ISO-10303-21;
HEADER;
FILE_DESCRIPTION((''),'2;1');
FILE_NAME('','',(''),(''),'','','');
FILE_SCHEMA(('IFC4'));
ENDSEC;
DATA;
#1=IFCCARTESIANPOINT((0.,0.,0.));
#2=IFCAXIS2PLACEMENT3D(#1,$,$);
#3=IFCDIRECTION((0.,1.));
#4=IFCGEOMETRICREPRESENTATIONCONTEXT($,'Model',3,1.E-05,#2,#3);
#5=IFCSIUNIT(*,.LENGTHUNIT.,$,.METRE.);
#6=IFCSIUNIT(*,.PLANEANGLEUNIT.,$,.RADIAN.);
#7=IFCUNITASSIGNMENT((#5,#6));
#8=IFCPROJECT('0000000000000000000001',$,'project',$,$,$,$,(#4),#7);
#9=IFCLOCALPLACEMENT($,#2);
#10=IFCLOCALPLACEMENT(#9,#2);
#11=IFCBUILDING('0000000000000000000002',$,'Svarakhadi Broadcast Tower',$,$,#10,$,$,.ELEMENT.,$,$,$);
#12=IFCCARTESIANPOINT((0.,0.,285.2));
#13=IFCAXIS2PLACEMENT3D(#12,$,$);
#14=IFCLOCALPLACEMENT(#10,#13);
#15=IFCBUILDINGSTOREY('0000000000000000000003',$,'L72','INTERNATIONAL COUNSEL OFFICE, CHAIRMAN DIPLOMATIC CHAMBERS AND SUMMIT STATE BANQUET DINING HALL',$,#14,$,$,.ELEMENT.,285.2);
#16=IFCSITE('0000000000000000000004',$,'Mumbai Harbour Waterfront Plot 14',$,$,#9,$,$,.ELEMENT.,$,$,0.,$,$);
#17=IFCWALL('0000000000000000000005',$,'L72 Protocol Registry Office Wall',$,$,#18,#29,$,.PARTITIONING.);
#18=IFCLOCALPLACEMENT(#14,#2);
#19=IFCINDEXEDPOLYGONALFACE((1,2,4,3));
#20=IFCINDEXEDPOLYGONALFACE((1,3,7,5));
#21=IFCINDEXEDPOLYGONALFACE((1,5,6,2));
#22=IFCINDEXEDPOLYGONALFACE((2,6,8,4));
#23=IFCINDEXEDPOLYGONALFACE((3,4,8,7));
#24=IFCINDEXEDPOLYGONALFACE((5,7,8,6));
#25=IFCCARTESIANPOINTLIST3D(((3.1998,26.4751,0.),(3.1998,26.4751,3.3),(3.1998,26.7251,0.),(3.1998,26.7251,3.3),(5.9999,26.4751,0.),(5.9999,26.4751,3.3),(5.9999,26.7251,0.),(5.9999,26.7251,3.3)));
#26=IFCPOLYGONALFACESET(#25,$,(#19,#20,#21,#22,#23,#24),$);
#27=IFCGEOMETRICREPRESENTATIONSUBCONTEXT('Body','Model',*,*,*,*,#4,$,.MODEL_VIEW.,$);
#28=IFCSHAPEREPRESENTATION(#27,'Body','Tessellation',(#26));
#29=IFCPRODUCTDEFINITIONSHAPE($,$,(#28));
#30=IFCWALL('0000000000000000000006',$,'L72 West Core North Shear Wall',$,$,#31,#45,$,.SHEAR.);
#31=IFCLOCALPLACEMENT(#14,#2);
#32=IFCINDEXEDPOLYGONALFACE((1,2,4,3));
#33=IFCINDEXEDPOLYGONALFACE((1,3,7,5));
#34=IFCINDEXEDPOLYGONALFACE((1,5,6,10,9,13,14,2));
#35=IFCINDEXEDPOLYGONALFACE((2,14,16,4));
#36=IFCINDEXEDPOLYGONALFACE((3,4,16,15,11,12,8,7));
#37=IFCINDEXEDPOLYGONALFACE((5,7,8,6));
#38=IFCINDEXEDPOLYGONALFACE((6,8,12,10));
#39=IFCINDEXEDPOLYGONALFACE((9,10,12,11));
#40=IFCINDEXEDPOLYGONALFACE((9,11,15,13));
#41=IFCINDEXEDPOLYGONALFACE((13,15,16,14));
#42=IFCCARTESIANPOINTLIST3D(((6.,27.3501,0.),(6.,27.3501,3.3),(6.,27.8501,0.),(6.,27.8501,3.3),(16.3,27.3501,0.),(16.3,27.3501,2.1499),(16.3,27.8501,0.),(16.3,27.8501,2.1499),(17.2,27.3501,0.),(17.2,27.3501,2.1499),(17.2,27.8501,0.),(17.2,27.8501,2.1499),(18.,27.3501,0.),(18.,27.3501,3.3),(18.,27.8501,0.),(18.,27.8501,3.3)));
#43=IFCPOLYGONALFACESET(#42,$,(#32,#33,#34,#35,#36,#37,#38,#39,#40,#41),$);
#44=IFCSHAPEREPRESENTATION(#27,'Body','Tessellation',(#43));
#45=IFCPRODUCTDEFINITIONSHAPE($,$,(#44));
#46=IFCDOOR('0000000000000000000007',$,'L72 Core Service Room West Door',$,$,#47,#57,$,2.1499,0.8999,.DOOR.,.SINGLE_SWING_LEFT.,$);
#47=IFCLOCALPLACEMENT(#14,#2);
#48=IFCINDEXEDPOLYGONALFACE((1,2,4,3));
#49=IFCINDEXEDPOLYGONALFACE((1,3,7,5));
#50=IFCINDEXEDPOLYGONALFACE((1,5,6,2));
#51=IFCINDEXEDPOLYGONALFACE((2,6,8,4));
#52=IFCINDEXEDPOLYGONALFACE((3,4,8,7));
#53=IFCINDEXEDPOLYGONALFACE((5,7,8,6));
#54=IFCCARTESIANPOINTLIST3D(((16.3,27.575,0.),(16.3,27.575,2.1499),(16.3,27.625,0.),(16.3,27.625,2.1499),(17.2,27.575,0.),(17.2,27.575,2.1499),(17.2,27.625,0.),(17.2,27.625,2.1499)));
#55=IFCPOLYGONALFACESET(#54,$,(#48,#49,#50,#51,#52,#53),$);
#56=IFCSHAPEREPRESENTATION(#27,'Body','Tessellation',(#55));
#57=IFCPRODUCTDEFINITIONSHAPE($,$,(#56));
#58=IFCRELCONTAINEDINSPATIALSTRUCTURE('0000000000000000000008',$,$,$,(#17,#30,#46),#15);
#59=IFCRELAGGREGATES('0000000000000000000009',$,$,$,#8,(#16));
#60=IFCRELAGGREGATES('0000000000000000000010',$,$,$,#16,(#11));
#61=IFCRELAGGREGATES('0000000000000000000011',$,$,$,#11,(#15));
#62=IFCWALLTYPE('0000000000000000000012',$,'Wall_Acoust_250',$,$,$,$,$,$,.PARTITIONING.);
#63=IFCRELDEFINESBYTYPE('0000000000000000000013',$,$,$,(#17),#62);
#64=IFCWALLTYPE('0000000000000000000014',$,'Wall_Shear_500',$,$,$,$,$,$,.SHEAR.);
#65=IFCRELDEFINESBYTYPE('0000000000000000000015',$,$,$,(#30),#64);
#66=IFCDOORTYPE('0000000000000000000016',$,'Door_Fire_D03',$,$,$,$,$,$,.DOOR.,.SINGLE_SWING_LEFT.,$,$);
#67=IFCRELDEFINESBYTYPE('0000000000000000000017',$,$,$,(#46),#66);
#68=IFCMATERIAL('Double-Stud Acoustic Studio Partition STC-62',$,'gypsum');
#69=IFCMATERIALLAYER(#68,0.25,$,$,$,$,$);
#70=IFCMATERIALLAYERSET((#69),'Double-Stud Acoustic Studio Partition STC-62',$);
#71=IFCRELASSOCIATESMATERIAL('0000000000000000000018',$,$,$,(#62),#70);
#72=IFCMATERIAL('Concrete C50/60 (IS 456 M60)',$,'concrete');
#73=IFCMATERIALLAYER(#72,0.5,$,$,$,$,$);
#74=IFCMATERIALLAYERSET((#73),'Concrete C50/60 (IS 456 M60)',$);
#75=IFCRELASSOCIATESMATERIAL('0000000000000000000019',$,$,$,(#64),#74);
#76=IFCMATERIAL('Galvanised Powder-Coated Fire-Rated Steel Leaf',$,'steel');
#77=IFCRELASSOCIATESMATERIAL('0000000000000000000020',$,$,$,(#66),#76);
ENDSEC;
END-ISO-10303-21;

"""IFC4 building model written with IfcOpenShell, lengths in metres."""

from ifc_helpers import new_model, si_unit, direction, frame, frame_2d, origin, place, context, subcontext, project, spatial, rectangle, extrude, material, layer, layer_set, type_object, element, fill, save


model = new_model("IFC4")

# Units and contexts
model_context = context("Model", 3, precision=1e-05, world=origin(), true_north=direction((0.0, 1.0)))
body_context = subcontext(model_context, "Body", "Model", "MODEL_VIEW")
ifc_project = project(units=[si_unit("LENGTHUNIT", "METRE"), si_unit("PLANEANGLEUNIT", "RADIAN")], contexts=[model_context])

# Site, building, storey
site_placement = place(None, origin())
site = spatial("IfcSite", under=ifc_project, at=site_placement, Name="Mumbai Harbour Waterfront Plot 14", CompositionType="ELEMENT", RefElevation=0.0)
building_placement = place(site_placement, origin())
building = spatial("IfcBuilding", under=site, at=building_placement, Name="Svarakhadi Broadcast Tower", CompositionType="ELEMENT")
storey_placement = place(building_placement, frame((0.0, 0.0, 285.2)))
storey = spatial("IfcBuildingStorey", under=building, at=storey_placement, Name="L72", Description="INTERNATIONAL COUNSEL OFFICE, CHAIRMAN DIPLOMATIC CHAMBERS AND SUMMIT STATE BANQUET DINING HALL", CompositionType="ELEMENT", Elevation=285.2)

# Shared definitions
ifc_material_1 = material(Name="Concrete C50/60 (IS 456 M60)", Category="concrete")

# Wall
ifc_material_2 = material(Name="Double-Stud Acoustic Studio Partition STC-62", Category="gypsum")
ifc_layer_1 = layer(ifc_material_2, 0.25)
ifc_layer_set_1 = layer_set([ifc_layer_1], Name="Double-Stud Acoustic Studio Partition STC-62")
wall_type_1 = type_object("IfcWallType", Name="Wall_Acoust_250", PredefinedType="PARTITIONING", material=ifc_layer_set_1)
wall_1_placement = place(storey_placement, frame((3.2, 26.6001, 0.0), z_axis=(0.0, 0.0, 1.0), x_axis=(1.0, 0.0, 0.0)))
element("IfcWall", 1, at=wall_1_placement, inside=storey, type_object=wall_type_1, Name="L72 Protocol Registry Office Wall", PredefinedType="PARTITIONING", context=body_context, shape_type="SweptSolid", body=[
    extrude(rectangle(XDim=2.8, YDim=0.25, at=frame_2d((1.3999, 0.0))), origin(), (0.0, 0.0, 1.0), 3.3),
])

# Wall, opening, door
ifc_layer_2 = layer(ifc_material_1, 0.5)
ifc_layer_set_2 = layer_set([ifc_layer_2], Name="Concrete C50/60 (IS 456 M60)")
wall_type_2 = type_object("IfcWallType", Name="Wall_Shear_500", PredefinedType="SHEAR", material=ifc_layer_set_2)
wall_2_placement = place(storey_placement, frame((6.0, 27.6001, 0.0), z_axis=(0.0, 0.0, 1.0), x_axis=(1.0, 0.0, 0.0)))
wall_2 = element("IfcWall", 2, at=wall_2_placement, inside=storey, type_object=wall_type_2, Name="L72 West Core North Shear Wall", PredefinedType="SHEAR", context=body_context, shape_type="SweptSolid", body=[
    extrude(rectangle(XDim=12.0, YDim=0.5, at=frame_2d((6.0, 0.0))), origin(), (0.0, 0.0, 1.0), 3.3),
])
opening_placement = place(wall_2_placement, frame((10.3, 0.0, 0.0)))
opening = element("IfcOpeningElement", 3, at=opening_placement, cuts=wall_2, PredefinedType="OPENING", context=body_context, shape_type="SweptSolid", body=[
    extrude(rectangle(XDim=0.8999, YDim=2.1499, at=frame_2d((0.45, 1.075))), frame((0.0, 0.26, 0.0), z_axis=(0.0, -1.0, 0.0), x_axis=(1.0, 0.0, 0.0)), (0.0, 0.0, 1.0), 0.52),
])
ifc_material_3 = material(Name="Galvanised Powder-Coated Fire-Rated Steel Leaf", Category="steel")
door_type = type_object("IfcDoorType", Name="Door_Fire_D03", OperationType="SINGLE_SWING_LEFT", PredefinedType="DOOR", material=ifc_material_3)
door_placement = place(opening_placement, origin())
door = element("IfcDoor", 4, at=door_placement, inside=storey, type_object=door_type, Name="L72 Core Service Room West Door", OperationType="SINGLE_SWING_LEFT", OverallHeight=2.1499, OverallWidth=0.8999, PredefinedType="DOOR", context=body_context, shape_type="SweptSolid", body=[
    extrude(rectangle(XDim=0.8999, YDim=2.1499, at=frame_2d((0.45, 1.075))), frame((0.0, 0.0249, 0.0), z_axis=(0.0, -1.0, 0.0), x_axis=(1.0, 0.0, 0.0)), (0.0, 0.0, 1.0), 0.05),
])
fill(opening, door)

save(model, "model.ifc")
